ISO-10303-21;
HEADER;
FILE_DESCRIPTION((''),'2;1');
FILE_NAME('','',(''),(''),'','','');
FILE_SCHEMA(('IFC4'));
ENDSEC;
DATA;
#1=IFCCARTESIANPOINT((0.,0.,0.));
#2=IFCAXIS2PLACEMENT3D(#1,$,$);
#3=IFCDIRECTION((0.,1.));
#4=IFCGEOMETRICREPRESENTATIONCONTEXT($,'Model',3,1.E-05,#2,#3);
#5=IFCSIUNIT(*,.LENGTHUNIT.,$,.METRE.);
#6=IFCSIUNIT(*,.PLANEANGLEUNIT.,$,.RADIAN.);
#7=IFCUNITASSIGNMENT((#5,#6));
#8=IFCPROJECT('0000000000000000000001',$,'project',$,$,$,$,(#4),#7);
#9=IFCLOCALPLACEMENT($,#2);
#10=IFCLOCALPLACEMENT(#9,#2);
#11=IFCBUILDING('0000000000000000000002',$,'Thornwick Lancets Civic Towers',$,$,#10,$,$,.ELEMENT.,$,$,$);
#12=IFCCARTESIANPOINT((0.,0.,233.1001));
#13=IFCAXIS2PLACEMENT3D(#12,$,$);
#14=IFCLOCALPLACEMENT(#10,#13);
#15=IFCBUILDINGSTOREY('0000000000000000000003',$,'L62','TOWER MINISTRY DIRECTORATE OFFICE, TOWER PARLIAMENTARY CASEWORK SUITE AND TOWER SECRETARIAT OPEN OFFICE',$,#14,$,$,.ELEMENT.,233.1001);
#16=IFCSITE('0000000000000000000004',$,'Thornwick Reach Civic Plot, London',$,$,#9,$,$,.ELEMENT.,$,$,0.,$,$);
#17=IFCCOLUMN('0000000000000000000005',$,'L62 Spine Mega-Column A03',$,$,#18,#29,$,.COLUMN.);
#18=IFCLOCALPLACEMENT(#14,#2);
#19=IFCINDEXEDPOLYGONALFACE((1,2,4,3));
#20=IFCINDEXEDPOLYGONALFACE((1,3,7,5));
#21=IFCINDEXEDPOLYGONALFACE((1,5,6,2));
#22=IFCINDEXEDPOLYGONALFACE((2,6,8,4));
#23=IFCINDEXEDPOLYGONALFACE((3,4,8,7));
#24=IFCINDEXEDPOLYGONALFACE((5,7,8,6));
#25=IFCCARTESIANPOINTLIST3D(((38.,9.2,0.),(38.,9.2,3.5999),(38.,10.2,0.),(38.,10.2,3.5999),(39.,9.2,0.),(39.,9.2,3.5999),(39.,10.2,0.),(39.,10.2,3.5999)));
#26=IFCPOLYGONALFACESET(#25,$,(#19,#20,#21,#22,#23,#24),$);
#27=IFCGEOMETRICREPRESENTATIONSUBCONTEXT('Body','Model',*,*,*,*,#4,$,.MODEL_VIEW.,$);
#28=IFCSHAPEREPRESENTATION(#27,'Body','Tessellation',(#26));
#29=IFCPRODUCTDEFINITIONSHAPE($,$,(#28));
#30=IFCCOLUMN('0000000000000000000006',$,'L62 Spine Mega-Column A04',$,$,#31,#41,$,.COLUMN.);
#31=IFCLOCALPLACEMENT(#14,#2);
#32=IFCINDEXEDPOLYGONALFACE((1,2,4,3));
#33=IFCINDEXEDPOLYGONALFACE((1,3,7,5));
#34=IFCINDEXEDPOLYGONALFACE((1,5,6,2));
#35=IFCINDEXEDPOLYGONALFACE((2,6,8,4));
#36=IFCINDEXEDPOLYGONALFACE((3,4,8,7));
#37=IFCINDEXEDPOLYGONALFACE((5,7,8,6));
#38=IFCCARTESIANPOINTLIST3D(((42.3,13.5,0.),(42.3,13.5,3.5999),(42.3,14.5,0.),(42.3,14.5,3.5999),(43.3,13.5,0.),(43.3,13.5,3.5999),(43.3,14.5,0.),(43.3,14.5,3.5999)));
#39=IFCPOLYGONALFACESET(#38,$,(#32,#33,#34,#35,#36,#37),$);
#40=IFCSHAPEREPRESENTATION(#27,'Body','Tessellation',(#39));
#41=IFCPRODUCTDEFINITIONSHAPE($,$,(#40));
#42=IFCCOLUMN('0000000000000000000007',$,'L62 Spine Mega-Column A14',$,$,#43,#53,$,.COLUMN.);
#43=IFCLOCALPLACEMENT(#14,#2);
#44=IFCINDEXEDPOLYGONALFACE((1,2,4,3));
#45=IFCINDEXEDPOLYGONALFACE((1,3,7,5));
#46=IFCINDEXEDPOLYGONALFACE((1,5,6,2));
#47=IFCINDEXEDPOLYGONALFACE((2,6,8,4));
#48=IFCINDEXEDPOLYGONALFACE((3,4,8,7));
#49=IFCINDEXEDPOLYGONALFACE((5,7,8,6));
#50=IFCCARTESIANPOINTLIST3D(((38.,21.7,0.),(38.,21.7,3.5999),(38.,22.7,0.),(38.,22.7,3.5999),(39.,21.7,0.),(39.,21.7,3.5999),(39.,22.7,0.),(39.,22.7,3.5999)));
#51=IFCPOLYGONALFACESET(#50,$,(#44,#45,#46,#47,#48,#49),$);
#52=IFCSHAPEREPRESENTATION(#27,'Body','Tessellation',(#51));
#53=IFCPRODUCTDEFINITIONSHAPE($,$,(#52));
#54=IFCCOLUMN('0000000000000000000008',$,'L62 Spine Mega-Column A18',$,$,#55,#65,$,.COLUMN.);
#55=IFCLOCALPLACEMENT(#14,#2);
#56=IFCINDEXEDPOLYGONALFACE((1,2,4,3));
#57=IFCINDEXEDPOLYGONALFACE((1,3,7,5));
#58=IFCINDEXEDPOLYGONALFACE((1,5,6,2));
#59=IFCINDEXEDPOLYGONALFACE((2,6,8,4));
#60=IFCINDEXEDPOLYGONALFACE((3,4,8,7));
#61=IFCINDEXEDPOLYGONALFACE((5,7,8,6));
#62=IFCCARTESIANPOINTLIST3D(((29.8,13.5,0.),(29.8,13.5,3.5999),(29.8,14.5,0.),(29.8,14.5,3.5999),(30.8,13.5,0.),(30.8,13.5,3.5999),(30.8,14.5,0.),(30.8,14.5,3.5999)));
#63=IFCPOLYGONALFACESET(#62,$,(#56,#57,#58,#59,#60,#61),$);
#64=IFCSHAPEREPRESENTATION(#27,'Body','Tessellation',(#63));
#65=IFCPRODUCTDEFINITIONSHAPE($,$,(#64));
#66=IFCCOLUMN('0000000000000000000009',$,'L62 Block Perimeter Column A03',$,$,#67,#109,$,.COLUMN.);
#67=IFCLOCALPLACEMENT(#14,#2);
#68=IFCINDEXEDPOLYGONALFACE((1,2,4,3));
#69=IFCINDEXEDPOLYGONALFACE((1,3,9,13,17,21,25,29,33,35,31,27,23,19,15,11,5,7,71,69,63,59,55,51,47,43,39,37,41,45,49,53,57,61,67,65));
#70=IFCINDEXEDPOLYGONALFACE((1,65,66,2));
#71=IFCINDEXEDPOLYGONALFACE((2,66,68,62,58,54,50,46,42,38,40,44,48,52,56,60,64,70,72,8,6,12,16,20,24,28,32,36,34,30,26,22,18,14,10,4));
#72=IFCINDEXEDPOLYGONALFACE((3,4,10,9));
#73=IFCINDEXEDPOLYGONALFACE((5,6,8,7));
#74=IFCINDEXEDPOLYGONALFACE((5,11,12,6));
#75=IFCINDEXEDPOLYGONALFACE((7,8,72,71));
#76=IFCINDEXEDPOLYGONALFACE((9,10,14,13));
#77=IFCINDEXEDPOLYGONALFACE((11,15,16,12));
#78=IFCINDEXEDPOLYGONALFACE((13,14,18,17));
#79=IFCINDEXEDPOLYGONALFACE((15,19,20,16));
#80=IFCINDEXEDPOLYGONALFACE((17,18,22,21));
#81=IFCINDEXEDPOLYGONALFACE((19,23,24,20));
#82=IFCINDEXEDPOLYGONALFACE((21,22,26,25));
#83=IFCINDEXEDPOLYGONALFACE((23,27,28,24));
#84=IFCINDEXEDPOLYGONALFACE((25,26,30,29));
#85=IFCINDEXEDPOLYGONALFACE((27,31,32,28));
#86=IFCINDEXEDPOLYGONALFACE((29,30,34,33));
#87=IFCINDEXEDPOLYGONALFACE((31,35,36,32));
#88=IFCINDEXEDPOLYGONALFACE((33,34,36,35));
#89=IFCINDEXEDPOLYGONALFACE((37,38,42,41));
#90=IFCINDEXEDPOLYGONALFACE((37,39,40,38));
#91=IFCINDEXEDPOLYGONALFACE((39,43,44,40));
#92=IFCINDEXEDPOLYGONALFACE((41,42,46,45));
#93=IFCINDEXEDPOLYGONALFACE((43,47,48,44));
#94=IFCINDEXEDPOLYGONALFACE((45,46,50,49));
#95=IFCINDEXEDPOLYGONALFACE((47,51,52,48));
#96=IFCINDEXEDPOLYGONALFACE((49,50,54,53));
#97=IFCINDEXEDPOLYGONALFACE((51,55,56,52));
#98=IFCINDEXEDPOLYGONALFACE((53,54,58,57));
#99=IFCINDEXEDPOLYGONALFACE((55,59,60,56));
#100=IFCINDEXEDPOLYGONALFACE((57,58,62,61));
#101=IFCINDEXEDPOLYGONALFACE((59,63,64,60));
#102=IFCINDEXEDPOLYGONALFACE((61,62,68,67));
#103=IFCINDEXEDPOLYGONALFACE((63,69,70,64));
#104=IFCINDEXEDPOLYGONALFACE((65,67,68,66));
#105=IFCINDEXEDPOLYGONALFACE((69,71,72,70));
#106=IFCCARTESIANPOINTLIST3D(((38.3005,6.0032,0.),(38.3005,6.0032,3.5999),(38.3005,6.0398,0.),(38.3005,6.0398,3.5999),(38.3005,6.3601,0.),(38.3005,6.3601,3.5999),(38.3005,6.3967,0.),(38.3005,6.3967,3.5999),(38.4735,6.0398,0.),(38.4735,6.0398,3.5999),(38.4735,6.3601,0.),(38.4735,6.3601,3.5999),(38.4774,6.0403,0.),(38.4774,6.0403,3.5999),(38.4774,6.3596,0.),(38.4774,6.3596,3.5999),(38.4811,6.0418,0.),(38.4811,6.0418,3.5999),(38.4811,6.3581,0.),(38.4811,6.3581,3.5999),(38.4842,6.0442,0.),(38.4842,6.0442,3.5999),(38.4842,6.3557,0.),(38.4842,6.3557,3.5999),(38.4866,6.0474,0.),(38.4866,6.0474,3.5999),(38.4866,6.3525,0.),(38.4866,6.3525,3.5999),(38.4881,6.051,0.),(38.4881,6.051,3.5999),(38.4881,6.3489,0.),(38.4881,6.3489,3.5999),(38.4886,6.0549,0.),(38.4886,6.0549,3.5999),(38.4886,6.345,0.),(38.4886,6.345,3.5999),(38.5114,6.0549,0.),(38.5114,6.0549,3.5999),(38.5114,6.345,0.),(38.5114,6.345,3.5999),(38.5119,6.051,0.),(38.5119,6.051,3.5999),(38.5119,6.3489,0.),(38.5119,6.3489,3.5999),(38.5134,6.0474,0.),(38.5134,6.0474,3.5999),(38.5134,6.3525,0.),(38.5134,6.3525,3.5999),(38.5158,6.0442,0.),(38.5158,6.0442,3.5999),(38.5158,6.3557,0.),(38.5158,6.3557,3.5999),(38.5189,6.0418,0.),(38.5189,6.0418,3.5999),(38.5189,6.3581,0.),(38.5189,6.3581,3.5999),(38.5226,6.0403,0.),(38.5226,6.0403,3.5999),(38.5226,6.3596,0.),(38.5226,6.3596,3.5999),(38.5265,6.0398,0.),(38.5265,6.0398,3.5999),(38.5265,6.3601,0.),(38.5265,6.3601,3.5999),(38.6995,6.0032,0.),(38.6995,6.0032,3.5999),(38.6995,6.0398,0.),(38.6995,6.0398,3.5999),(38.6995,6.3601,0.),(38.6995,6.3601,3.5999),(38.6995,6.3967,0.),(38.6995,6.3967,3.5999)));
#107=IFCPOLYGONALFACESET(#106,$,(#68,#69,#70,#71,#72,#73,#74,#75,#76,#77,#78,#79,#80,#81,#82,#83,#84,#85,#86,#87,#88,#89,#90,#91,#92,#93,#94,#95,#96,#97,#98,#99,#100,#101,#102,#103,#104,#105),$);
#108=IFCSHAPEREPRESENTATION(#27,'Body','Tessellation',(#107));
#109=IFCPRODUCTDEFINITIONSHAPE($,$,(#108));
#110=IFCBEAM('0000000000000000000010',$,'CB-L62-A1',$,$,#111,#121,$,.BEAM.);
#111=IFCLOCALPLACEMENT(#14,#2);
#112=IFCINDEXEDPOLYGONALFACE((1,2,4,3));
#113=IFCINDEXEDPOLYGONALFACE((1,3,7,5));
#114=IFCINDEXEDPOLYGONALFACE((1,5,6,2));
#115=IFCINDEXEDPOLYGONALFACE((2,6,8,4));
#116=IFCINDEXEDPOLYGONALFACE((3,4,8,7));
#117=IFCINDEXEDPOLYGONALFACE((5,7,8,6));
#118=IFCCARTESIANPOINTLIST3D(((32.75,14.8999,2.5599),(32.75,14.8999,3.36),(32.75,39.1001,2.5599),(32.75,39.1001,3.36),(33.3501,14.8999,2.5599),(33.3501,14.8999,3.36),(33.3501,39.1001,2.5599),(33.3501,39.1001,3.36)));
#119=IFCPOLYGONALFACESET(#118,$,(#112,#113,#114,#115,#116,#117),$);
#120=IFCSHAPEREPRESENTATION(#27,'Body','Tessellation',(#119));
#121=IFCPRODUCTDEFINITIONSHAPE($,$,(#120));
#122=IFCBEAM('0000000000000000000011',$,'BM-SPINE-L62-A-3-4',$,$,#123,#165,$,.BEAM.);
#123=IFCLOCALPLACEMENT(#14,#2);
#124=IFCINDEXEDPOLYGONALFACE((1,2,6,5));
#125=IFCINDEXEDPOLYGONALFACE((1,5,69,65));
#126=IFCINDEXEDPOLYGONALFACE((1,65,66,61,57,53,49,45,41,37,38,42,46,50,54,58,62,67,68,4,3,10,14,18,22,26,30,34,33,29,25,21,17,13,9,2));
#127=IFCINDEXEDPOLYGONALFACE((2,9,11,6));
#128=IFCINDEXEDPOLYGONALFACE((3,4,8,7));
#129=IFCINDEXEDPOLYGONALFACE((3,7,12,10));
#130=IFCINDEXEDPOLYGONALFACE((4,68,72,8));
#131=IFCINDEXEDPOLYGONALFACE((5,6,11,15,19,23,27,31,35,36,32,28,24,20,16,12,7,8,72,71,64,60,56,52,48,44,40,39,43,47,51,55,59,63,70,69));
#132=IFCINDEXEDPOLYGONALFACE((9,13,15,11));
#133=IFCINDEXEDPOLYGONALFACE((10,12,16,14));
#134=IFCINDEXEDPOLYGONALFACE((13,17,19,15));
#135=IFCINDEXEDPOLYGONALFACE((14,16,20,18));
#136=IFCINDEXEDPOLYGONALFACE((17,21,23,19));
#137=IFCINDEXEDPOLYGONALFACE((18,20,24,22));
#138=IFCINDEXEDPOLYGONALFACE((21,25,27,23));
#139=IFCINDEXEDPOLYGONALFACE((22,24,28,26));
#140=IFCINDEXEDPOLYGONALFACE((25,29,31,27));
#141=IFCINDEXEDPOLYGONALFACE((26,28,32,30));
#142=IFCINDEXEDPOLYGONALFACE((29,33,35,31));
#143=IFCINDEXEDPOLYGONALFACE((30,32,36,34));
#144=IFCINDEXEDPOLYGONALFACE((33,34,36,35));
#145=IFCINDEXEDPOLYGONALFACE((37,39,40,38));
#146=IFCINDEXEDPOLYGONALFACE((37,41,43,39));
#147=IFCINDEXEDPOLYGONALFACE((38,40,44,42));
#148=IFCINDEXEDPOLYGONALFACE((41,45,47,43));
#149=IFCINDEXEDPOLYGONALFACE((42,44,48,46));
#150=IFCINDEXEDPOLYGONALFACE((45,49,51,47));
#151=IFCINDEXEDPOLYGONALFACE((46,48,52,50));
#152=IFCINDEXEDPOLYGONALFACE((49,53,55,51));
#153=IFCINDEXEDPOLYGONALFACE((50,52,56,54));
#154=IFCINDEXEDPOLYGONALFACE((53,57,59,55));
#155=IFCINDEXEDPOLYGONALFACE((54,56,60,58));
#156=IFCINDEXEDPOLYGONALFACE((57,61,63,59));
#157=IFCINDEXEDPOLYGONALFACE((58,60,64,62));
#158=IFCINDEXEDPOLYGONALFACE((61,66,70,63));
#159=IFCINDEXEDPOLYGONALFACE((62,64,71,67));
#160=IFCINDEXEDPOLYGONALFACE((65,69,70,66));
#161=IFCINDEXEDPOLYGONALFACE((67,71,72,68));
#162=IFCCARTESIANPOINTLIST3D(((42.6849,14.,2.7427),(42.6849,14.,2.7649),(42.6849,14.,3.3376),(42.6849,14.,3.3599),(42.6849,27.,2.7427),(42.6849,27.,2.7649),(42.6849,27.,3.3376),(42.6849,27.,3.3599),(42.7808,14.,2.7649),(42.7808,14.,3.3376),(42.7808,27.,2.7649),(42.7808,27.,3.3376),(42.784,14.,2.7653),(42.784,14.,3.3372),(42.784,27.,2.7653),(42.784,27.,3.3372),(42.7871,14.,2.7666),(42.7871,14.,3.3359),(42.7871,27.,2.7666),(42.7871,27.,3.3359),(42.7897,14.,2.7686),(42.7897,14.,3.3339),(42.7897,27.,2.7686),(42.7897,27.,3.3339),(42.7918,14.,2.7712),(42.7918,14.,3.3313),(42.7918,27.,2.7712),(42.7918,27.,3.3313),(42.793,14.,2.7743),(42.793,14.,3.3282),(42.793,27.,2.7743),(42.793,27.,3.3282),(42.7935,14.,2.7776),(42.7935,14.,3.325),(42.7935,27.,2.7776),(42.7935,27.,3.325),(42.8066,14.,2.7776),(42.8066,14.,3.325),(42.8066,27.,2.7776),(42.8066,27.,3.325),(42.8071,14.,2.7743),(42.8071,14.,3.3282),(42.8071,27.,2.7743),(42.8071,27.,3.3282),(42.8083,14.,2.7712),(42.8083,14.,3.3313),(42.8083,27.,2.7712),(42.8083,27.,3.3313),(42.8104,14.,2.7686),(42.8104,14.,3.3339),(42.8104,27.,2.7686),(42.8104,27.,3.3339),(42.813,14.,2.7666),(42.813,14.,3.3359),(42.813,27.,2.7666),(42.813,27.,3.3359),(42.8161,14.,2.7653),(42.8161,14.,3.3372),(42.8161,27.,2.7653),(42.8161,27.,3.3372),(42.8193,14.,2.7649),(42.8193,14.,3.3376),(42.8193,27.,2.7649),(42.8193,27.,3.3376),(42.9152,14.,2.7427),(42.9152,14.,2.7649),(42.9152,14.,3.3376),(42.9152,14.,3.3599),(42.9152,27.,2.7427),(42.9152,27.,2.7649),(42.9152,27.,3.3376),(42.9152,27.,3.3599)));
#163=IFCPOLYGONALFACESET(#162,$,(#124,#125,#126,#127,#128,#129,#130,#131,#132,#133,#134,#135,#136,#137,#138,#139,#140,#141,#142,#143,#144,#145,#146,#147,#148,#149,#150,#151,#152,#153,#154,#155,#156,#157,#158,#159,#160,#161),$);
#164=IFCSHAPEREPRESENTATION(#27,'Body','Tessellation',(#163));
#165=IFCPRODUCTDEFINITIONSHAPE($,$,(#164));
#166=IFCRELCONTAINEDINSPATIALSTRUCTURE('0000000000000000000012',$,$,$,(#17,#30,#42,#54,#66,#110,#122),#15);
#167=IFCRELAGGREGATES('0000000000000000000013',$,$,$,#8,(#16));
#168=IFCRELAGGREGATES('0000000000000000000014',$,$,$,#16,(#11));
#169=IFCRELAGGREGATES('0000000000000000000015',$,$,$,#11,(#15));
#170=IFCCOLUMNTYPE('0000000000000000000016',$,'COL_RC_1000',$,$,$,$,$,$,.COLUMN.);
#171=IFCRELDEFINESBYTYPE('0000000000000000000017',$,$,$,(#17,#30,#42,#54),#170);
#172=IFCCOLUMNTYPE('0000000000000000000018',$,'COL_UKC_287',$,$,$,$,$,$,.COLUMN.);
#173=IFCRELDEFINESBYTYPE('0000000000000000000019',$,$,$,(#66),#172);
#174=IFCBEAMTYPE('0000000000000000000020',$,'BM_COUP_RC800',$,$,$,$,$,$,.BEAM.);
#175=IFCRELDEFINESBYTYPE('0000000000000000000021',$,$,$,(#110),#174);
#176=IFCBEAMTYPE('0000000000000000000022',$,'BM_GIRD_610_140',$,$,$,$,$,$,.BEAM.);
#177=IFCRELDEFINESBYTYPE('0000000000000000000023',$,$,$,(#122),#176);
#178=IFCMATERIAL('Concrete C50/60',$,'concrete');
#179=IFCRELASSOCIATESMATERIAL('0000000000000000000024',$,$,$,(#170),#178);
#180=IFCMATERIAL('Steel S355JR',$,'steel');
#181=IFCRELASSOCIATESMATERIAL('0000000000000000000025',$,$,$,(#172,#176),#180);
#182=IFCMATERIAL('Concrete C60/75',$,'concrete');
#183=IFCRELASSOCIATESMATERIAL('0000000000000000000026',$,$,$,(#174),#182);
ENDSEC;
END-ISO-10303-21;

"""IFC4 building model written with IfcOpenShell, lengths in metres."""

from ifc_helpers import new_model, si_unit, direction, frame, origin, origin_2d, place, context, subcontext, project, spatial, rectangle, i_section, extrude, material, material_profile, profile_set, type_object, element, save


model = new_model("IFC4")

# Units and contexts
model_context = context("Model", 3, precision=1e-05, world=origin(), true_north=direction((0.0, 1.0)))
body_context = subcontext(model_context, "Body", "Model", "MODEL_VIEW")
ifc_project = project(units=[si_unit("LENGTHUNIT", "METRE"), si_unit("PLANEANGLEUNIT", "RADIAN")], contexts=[model_context])

# Site, building, storey
site_placement = place(None, origin())
site = spatial("IfcSite", under=ifc_project, at=site_placement, Name="Thornwick Reach Civic Plot, London", CompositionType="ELEMENT", RefElevation=0.0)
building_placement = place(site_placement, origin())
building = spatial("IfcBuilding", under=site, at=building_placement, Name="Thornwick Lancets Civic Towers", CompositionType="ELEMENT")
storey_placement = place(building_placement, frame((0.0, 0.0, 233.1001)))
storey = spatial("IfcBuildingStorey", under=building, at=storey_placement, Name="L62", Description="TOWER MINISTRY DIRECTORATE OFFICE, TOWER PARLIAMENTARY CASEWORK SUITE AND TOWER SECRETARIAT OPEN OFFICE", CompositionType="ELEMENT", Elevation=233.1001)

# Columns
ifc_material_1 = material(Name="Concrete C50/60", Category="concrete")
ifc_material_profile_1 = material_profile(ifc_material_1, rectangle(XDim=1.0, YDim=1.0, at=origin_2d()), Name="RC 1000x1000")
ifc_profile_set_1 = profile_set([ifc_material_profile_1], Name="Concrete C50/60")
column_type_1 = type_object("IfcColumnType", Name="COL_RC_1000", PredefinedType="COLUMN", material=ifc_profile_set_1)
for number, where, z_axis, x_axis, name in (
    (1, (38.5, 9.7, 0.0), (0.0, 0.0, 1.0), (1.0, 0.0, 0.0), "L62 Spine Mega-Column A03"),
    (2, (42.8, 14.0, 0.0), (0.0, 0.0, 1.0), (1.0, 0.0, 0.0), "L62 Spine Mega-Column A04"),
    (3, (38.5, 22.2, 0.0), (0.0, 0.0, 1.0), (1.0, 0.0, 0.0), "L62 Spine Mega-Column A14"),
    (4, (30.3, 14.0, 0.0), (0.0, 0.0, 1.0), (1.0, 0.0, 0.0), "L62 Spine Mega-Column A18"),
):
    element("IfcColumn", number, at=place(storey_placement, frame(where, z_axis=z_axis, x_axis=x_axis)), inside=storey, type_object=column_type_1, Name=name, PredefinedType="COLUMN", context=body_context, shape_type="SweptSolid", body=[
        extrude(rectangle(XDim=1.0, YDim=1.0, at=origin_2d()), origin(), (0.0, 0.0, 1.0), 3.5999),
    ])
ifc_material_2 = material(Name="Steel S355JR", Category="steel")
ifc_material_profile_2 = material_profile(ifc_material_2, i_section(OverallWidth=0.3989, OverallDepth=0.3936, WebThickness=0.0227, FlangeThickness=0.0366, FilletRadius=0.0151, at=origin_2d()), Name="UKC 356x406x287")
ifc_profile_set_2 = profile_set([ifc_material_profile_2], Name="Steel S355JR")
column_type_2 = type_object("IfcColumnType", Name="COL_UKC_287", PredefinedType="COLUMN", material=ifc_profile_set_2)
column_placement = place(storey_placement, frame((38.5, 6.2, 0.0), z_axis=(0.0, 0.0, 1.0), x_axis=(1.0, 0.0, 0.0)))
element("IfcColumn", 5, at=column_placement, inside=storey, type_object=column_type_2, Name="L62 Block Perimeter Column A03", PredefinedType="COLUMN", context=body_context, shape_type="SweptSolid", body=[
    extrude(i_section(OverallWidth=0.3989, OverallDepth=0.3936, WebThickness=0.0227, FlangeThickness=0.0366, FilletRadius=0.0151, at=origin_2d()), origin(), (0.0, 0.0, 1.0), 3.5999),
])

# Beams
ifc_material_3 = material(Name="Concrete C60/75", Category="concrete")
ifc_material_profile_3 = material_profile(ifc_material_3, rectangle(XDim=0.6001, YDim=0.8, at=origin_2d()), Name="RC 600x800")
ifc_profile_set_3 = profile_set([ifc_material_profile_3], Name="Concrete C60/75")
beam_type_1 = type_object("IfcBeamType", Name="BM_COUP_RC800", PredefinedType="BEAM", material=ifc_profile_set_3)
beam_1_placement = place(storey_placement, frame((33.05, 14.8999, 2.96), z_axis=(0.0, 1.0, 0.0), x_axis=(-1.0, 0.0, 0.0)))
element("IfcBeam", 6, at=beam_1_placement, inside=storey, type_object=beam_type_1, Name="CB-L62-A1", PredefinedType="BEAM", context=body_context, shape_type="SweptSolid", body=[
    extrude(rectangle(XDim=0.6001, YDim=0.8, at=origin_2d()), origin(), (0.0, 0.0, 1.0), 24.2002),
])
ifc_material_profile_4 = material_profile(ifc_material_2, i_section(OverallWidth=0.2302, OverallDepth=0.6172, WebThickness=0.0132, FlangeThickness=0.0222, FilletRadius=0.0127, at=origin_2d()), Name="UKB 610x229x140")
ifc_profile_set_4 = profile_set([ifc_material_profile_4], Name="Steel S355JR")
beam_type_2 = type_object("IfcBeamType", Name="BM_GIRD_610_140", PredefinedType="BEAM", material=ifc_profile_set_4)
beam_2_placement = place(storey_placement, frame((42.8, 14.0, 3.0513), z_axis=(0.0, 1.0, 0.0), x_axis=(-1.0, 0.0, 0.0)))
element("IfcBeam", 7, at=beam_2_placement, inside=storey, type_object=beam_type_2, Name="BM-SPINE-L62-A-3-4", PredefinedType="BEAM", context=body_context, shape_type="SweptSolid", body=[
    extrude(i_section(OverallWidth=0.2302, OverallDepth=0.6172, WebThickness=0.0132, FlangeThickness=0.0222, FilletRadius=0.0127, at=origin_2d()), origin(), (0.0, 0.0, 1.0), 13.0),
])

save(model, "model.ifc")
